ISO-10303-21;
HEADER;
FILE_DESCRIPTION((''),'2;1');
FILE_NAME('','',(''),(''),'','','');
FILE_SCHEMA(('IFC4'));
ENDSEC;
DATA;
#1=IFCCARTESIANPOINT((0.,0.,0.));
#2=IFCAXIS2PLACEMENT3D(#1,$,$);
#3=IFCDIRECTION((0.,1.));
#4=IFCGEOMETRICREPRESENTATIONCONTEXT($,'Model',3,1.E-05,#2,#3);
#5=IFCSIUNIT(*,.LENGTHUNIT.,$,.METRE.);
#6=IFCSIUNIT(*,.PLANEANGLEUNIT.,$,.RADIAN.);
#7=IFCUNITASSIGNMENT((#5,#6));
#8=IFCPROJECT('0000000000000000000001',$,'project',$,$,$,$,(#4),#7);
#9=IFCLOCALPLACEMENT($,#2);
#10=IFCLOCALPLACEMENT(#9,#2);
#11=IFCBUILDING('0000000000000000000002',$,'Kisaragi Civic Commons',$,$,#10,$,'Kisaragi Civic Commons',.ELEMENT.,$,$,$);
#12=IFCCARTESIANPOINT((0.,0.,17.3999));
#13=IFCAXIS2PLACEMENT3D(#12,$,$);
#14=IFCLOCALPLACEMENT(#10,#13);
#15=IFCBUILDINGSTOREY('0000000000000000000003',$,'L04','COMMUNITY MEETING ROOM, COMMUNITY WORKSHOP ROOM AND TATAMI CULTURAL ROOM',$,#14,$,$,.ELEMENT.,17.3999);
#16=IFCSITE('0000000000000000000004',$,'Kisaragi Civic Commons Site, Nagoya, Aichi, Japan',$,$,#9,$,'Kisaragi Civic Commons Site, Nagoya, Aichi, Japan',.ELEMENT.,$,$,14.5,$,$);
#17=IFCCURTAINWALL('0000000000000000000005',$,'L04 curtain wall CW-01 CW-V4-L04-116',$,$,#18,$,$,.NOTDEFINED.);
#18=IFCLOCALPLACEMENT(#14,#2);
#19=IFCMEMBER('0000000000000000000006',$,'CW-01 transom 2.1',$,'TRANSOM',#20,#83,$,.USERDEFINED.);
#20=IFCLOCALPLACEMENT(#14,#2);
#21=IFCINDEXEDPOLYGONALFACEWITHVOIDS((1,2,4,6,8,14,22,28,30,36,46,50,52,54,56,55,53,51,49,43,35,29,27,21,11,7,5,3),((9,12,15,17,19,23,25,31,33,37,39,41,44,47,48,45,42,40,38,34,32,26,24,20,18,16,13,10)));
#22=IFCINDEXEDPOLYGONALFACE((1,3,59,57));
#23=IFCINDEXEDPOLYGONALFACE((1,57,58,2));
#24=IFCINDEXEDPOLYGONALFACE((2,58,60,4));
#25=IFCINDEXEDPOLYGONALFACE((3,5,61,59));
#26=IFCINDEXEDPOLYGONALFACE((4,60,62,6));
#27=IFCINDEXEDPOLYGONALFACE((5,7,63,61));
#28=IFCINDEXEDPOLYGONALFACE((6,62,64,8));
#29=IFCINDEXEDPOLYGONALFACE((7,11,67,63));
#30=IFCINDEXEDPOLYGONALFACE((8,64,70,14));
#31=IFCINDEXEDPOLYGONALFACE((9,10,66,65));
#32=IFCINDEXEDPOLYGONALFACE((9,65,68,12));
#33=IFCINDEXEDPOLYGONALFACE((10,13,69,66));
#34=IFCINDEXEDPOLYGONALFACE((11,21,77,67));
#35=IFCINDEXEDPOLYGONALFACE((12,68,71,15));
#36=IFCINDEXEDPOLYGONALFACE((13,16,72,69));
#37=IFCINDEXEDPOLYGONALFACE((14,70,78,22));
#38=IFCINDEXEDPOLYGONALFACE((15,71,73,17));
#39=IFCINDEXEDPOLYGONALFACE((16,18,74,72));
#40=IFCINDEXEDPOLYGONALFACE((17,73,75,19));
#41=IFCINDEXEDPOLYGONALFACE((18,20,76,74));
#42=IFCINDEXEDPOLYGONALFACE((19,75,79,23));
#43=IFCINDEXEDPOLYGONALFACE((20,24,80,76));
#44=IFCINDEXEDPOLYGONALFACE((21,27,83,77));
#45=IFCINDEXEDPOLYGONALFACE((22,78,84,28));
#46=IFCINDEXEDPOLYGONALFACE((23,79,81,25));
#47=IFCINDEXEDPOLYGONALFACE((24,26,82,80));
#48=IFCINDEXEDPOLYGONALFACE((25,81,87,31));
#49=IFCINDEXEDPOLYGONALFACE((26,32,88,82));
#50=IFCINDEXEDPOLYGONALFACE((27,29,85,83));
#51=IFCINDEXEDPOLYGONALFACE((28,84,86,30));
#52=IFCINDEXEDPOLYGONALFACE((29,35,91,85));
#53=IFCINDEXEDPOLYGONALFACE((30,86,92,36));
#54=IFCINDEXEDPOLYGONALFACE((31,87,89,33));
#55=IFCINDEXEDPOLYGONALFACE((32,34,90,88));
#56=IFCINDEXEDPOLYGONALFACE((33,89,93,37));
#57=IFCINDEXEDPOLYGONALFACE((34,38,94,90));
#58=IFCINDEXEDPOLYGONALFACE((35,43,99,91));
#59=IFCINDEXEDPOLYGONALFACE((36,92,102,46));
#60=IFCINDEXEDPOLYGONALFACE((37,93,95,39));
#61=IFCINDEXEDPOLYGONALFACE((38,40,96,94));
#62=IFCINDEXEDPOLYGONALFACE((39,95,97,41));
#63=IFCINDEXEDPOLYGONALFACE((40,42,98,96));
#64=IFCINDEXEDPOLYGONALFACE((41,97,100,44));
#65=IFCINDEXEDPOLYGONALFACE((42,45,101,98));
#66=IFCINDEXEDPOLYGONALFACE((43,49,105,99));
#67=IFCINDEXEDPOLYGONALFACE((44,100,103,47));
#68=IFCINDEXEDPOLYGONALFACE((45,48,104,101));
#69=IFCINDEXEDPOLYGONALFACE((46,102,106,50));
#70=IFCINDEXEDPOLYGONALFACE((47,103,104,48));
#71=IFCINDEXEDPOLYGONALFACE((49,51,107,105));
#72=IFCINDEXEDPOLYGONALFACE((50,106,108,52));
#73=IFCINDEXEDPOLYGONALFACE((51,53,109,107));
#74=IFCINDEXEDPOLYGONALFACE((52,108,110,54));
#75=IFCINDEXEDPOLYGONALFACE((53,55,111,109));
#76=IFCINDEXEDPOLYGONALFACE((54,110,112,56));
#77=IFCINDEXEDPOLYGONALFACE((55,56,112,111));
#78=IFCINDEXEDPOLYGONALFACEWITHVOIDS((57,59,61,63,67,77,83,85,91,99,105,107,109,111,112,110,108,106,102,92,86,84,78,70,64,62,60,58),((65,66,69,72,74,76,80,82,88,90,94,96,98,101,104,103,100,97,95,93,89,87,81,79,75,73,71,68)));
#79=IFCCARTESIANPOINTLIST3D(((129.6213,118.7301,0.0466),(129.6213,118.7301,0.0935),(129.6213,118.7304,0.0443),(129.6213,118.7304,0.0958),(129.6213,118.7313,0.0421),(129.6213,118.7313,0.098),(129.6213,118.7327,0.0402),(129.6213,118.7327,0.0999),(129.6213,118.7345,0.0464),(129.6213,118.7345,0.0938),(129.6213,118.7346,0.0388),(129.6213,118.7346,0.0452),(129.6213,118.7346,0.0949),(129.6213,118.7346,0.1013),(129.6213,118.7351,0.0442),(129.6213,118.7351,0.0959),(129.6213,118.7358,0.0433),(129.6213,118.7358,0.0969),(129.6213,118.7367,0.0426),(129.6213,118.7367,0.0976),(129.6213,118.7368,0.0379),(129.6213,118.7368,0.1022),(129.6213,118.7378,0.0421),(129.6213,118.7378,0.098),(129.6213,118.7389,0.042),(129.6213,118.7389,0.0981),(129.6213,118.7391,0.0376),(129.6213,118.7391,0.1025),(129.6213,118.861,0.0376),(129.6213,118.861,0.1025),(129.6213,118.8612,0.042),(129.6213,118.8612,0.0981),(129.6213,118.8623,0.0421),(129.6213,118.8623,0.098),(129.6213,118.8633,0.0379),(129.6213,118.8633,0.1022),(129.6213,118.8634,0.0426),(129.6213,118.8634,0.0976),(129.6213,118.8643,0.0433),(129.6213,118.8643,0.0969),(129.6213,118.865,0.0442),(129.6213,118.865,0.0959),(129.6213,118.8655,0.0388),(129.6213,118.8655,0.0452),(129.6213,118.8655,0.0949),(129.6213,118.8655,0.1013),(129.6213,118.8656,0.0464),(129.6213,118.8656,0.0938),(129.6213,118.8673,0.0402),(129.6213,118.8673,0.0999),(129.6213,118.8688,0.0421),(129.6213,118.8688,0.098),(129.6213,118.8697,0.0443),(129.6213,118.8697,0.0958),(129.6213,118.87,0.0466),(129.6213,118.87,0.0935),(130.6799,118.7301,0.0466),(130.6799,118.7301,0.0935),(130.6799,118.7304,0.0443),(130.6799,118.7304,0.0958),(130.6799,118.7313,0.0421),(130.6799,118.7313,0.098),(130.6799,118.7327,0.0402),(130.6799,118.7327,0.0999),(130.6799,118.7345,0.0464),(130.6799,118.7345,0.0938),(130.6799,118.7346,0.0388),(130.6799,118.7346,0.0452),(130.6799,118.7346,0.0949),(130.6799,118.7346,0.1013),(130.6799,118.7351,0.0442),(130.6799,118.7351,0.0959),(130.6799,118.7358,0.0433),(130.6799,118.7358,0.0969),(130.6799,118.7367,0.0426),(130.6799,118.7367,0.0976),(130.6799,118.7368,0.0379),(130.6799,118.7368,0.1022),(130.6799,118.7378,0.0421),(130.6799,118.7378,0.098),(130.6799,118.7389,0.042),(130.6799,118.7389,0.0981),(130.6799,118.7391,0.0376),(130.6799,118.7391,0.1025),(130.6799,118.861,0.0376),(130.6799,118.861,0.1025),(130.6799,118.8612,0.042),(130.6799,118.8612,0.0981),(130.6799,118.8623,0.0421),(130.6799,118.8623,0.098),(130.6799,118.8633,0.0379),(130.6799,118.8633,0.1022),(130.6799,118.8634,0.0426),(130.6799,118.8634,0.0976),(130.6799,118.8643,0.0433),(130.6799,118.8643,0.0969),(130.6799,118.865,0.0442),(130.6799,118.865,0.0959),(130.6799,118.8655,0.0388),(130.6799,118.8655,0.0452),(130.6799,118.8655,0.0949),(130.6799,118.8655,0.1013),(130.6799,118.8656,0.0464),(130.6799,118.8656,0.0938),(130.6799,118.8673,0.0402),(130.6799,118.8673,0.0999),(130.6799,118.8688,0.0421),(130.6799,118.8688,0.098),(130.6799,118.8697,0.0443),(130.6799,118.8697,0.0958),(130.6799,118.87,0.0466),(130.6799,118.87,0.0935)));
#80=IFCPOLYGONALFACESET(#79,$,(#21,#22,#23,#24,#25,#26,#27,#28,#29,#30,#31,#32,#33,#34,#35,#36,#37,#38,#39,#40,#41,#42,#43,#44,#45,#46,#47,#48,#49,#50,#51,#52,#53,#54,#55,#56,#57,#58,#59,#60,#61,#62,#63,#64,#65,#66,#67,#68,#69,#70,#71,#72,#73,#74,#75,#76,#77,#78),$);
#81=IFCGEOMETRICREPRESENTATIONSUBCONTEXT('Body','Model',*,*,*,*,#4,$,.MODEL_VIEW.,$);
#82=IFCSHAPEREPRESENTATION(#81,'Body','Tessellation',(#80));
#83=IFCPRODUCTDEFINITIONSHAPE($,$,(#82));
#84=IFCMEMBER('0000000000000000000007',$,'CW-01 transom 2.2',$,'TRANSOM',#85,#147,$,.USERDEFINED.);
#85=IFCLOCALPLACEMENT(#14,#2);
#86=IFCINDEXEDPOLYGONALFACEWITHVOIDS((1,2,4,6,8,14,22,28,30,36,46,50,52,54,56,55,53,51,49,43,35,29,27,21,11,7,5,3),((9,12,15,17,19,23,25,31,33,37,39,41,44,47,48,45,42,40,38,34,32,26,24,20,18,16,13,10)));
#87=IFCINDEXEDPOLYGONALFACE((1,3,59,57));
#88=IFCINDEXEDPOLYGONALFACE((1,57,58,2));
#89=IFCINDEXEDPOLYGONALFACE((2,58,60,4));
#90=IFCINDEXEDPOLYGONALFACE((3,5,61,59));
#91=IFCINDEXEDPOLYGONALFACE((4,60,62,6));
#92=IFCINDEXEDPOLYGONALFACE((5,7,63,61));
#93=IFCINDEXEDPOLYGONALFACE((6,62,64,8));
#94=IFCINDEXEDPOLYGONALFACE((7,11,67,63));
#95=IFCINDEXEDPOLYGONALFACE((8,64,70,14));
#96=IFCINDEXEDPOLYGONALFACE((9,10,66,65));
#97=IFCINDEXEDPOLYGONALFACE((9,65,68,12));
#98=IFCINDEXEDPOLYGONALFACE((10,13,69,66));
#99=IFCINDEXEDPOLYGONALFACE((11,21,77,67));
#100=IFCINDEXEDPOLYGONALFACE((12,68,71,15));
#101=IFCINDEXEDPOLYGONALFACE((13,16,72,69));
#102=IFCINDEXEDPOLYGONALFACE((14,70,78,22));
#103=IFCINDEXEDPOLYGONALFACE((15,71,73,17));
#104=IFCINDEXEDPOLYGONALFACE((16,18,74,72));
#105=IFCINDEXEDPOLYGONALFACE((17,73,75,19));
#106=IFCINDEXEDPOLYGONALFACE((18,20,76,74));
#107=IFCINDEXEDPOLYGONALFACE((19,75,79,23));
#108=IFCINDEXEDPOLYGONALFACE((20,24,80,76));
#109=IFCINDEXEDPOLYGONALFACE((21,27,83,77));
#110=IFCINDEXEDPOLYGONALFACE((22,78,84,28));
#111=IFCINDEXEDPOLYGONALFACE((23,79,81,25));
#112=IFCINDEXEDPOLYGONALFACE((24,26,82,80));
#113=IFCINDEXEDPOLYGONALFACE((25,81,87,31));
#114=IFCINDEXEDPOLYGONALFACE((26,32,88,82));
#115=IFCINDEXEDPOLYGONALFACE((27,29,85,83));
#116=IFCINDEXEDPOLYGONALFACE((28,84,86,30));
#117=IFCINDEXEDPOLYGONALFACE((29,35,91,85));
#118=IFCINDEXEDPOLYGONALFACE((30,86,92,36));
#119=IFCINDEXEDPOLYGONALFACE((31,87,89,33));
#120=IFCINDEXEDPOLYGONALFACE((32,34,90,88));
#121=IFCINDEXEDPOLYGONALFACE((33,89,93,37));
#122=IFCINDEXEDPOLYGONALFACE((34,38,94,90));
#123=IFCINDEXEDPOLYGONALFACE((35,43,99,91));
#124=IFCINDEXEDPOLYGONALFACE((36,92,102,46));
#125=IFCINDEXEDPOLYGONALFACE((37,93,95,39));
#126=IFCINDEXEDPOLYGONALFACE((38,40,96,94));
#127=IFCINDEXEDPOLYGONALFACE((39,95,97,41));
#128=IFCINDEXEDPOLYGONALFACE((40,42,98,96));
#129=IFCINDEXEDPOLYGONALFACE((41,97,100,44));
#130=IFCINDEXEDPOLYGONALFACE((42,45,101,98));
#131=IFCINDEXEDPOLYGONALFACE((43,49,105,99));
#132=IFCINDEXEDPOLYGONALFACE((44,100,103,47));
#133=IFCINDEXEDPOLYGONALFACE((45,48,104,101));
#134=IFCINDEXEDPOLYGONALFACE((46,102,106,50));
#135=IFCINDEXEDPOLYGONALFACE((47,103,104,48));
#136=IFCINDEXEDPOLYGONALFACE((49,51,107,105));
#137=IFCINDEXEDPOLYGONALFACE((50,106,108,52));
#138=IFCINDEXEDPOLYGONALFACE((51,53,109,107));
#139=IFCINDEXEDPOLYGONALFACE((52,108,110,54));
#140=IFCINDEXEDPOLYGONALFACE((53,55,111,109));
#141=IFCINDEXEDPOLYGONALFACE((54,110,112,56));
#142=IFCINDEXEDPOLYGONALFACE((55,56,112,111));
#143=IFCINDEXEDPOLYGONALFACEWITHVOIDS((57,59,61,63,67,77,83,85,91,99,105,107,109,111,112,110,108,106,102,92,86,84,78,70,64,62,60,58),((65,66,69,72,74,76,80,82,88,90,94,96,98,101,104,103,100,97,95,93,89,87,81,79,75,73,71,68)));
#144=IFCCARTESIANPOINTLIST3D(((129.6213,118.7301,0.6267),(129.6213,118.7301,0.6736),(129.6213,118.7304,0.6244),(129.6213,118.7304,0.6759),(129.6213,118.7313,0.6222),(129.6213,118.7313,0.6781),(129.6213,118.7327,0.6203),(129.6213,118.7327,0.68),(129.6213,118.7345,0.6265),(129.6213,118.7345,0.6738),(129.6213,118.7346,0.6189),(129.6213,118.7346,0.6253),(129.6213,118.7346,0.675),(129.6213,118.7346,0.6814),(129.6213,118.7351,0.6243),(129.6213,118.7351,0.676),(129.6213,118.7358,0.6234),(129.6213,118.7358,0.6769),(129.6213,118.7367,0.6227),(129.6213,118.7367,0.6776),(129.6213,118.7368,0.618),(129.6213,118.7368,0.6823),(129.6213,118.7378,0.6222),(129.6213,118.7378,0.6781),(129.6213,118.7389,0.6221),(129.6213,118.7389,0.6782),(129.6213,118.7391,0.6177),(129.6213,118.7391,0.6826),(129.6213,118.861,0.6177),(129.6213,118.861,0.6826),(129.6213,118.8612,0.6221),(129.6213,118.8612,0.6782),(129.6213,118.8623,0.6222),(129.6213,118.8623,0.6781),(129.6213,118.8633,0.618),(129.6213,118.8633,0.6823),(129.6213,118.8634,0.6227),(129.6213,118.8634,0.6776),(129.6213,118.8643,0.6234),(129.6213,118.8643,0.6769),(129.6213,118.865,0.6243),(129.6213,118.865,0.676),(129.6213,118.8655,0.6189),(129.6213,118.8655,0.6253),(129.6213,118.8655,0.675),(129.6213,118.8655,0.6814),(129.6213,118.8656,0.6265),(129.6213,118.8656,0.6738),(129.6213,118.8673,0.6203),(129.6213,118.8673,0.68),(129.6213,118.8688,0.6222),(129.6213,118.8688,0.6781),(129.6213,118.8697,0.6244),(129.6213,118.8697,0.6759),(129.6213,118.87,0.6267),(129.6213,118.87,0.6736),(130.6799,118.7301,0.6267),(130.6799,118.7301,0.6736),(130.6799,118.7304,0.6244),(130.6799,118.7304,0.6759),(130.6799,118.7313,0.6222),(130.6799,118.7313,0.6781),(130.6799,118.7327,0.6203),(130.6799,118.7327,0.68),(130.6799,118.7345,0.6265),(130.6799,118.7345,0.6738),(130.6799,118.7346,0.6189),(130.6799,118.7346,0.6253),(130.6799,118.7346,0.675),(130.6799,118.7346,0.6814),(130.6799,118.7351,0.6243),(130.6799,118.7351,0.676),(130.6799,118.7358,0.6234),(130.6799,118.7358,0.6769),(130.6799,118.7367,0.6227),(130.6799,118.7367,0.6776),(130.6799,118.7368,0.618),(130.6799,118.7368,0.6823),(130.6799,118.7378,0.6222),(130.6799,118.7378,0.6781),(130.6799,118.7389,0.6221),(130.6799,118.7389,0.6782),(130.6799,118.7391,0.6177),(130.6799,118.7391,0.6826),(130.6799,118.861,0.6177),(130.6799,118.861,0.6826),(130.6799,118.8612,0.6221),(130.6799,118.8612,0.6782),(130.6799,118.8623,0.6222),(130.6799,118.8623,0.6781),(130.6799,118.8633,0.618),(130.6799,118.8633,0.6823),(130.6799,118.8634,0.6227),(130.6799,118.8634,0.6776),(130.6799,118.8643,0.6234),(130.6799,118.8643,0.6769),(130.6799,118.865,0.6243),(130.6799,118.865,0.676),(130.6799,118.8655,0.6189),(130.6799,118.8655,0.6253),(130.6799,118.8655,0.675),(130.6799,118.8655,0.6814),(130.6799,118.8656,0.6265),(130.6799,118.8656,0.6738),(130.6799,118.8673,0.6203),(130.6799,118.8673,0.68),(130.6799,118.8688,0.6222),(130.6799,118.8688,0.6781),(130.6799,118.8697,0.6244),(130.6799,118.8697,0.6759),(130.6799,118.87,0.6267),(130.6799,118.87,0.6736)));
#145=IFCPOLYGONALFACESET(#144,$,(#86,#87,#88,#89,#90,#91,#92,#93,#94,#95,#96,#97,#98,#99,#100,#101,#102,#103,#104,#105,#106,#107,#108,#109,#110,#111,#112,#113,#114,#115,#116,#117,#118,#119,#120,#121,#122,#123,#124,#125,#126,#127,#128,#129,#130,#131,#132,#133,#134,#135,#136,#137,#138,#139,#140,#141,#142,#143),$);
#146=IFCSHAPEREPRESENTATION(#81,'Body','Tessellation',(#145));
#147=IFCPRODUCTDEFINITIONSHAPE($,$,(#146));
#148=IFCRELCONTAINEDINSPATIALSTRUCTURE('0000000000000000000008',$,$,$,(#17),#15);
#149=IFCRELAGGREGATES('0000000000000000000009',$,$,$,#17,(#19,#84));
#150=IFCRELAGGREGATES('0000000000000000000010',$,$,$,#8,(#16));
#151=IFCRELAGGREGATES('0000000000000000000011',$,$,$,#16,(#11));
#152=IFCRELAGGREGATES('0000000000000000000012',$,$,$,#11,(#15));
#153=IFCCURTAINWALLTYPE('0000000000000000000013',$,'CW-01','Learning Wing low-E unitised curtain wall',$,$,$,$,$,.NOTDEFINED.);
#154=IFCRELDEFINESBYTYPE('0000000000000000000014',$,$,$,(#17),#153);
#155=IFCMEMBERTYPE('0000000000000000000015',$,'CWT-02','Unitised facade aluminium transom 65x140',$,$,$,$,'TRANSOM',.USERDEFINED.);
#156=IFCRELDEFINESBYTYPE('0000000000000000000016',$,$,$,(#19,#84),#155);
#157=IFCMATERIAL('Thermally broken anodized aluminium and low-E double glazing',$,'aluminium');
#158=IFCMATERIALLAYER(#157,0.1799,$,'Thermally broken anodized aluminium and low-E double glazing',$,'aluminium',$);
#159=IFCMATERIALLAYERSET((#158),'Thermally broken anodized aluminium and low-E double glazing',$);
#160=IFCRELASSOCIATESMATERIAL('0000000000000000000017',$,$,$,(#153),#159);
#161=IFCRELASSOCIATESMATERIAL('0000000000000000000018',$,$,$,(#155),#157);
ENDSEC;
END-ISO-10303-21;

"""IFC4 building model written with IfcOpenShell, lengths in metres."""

from ifc_helpers import new_model, si_unit, direction, frame, origin, origin_2d, place, context, subcontext, project, spatial, hollow_rectangle, extrude, material, layer, layer_set, material_profile, profile_set, type_object, element, aggregate, save


model = new_model("IFC4")

# Units and contexts
model_context = context("Model", 3, precision=1e-05, world=origin(), true_north=direction((0.0, 1.0)))
body_context = subcontext(model_context, "Body", "Model", "MODEL_VIEW")
ifc_project = project(units=[si_unit("LENGTHUNIT", "METRE"), si_unit("PLANEANGLEUNIT", "RADIAN")], contexts=[model_context])

# Site, building, storey
site_placement = place(None, origin())
site = spatial("IfcSite", under=ifc_project, at=site_placement, Name="Kisaragi Civic Commons Site, Nagoya, Aichi, Japan", LongName="Kisaragi Civic Commons Site, Nagoya, Aichi, Japan", CompositionType="ELEMENT", RefElevation=14.5)
building_placement = place(site_placement, origin())
building = spatial("IfcBuilding", under=site, at=building_placement, Name="Kisaragi Civic Commons", LongName="Kisaragi Civic Commons", CompositionType="ELEMENT")
storey_placement = place(building_placement, frame((0.0, 0.0, 17.3999)))
storey = spatial("IfcBuildingStorey", under=building, at=storey_placement, Name="L04", Description="COMMUNITY MEETING ROOM, COMMUNITY WORKSHOP ROOM AND TATAMI CULTURAL ROOM", CompositionType="ELEMENT", Elevation=17.3999)

# Shared definitions
ifc_material_1 = material(Name="Thermally broken anodized aluminium and low-E double glazing", Category="aluminium")
ifc_layer_1 = layer(ifc_material_1, 0.1799, Name="Thermally broken anodized aluminium and low-E double glazing", Category="aluminium")
ifc_layer_set_1 = layer_set([ifc_layer_1], Name="Thermally broken anodized aluminium and low-E double glazing")
curtain_wall_type = type_object("IfcCurtainWallType", Name="CW-01", Description="Learning Wing low-E unitised curtain wall", PredefinedType="NOTDEFINED", material=ifc_layer_set_1)

# Curtain wall, members
curtain_wall_1_placement = place(storey_placement, origin())
curtain_wall_1 = element("IfcCurtainWall", 1, at=curtain_wall_1_placement, inside=storey, type_object=curtain_wall_type, Name="L04 curtain wall CW-01 CW-V4-L04-116", PredefinedType="NOTDEFINED")
ifc_material_profile_1 = material_profile(ifc_material_1, hollow_rectangle(XDim=0.1399, YDim=0.0649, WallThickness=0.0044, InnerFilletRadius=0.0044, OuterFilletRadius=0.009, at=origin_2d()), Name="CWT-65x140x4.5", Category="aluminium")
ifc_profile_set_1 = profile_set([ifc_material_profile_1], Name="Thermally broken anodized aluminium and low-E double glazing")
member_type_1 = type_object("IfcMemberType", Name="CWT-02", Description="Unitised facade aluminium transom 65x140", ElementType="TRANSOM", PredefinedType="USERDEFINED", material=ifc_profile_set_1)
member_1_placement = place(storey_placement, frame((129.6213, 118.8, 0.0701), z_axis=(1.0, 0.0, 0.0), x_axis=(0.0, 1.0, 0.0)))
member_1 = element("IfcMember", 2, at=member_1_placement, type_object=member_type_1, Name="CW-01 transom 2.1", ObjectType="TRANSOM", PredefinedType="USERDEFINED", context=body_context, shape_type="SweptSolid", body=[
    extrude(hollow_rectangle(XDim=0.1399, YDim=0.0649, WallThickness=0.0044, InnerFilletRadius=0.0044, OuterFilletRadius=0.009, at=origin_2d()), origin(), (0.0, 0.0, 1.0), 1.0586),
])
member_2_placement = place(storey_placement, frame((129.6213, 118.8, 0.6501), z_axis=(1.0, 0.0, 0.0), x_axis=(0.0, 1.0, 0.0)))
member_2 = element("IfcMember", 3, at=member_2_placement, type_object=member_type_1, Name="CW-01 transom 2.2", ObjectType="TRANSOM", PredefinedType="USERDEFINED", context=body_context, shape_type="SweptSolid", body=[
    extrude(hollow_rectangle(XDim=0.1399, YDim=0.0649, WallThickness=0.0044, InnerFilletRadius=0.0044, OuterFilletRadius=0.009, at=origin_2d()), origin(), (0.0, 0.0, 1.0), 1.0586),
])

aggregate(curtain_wall_1, [member_1, member_2])

save(model, "model.ifc")
